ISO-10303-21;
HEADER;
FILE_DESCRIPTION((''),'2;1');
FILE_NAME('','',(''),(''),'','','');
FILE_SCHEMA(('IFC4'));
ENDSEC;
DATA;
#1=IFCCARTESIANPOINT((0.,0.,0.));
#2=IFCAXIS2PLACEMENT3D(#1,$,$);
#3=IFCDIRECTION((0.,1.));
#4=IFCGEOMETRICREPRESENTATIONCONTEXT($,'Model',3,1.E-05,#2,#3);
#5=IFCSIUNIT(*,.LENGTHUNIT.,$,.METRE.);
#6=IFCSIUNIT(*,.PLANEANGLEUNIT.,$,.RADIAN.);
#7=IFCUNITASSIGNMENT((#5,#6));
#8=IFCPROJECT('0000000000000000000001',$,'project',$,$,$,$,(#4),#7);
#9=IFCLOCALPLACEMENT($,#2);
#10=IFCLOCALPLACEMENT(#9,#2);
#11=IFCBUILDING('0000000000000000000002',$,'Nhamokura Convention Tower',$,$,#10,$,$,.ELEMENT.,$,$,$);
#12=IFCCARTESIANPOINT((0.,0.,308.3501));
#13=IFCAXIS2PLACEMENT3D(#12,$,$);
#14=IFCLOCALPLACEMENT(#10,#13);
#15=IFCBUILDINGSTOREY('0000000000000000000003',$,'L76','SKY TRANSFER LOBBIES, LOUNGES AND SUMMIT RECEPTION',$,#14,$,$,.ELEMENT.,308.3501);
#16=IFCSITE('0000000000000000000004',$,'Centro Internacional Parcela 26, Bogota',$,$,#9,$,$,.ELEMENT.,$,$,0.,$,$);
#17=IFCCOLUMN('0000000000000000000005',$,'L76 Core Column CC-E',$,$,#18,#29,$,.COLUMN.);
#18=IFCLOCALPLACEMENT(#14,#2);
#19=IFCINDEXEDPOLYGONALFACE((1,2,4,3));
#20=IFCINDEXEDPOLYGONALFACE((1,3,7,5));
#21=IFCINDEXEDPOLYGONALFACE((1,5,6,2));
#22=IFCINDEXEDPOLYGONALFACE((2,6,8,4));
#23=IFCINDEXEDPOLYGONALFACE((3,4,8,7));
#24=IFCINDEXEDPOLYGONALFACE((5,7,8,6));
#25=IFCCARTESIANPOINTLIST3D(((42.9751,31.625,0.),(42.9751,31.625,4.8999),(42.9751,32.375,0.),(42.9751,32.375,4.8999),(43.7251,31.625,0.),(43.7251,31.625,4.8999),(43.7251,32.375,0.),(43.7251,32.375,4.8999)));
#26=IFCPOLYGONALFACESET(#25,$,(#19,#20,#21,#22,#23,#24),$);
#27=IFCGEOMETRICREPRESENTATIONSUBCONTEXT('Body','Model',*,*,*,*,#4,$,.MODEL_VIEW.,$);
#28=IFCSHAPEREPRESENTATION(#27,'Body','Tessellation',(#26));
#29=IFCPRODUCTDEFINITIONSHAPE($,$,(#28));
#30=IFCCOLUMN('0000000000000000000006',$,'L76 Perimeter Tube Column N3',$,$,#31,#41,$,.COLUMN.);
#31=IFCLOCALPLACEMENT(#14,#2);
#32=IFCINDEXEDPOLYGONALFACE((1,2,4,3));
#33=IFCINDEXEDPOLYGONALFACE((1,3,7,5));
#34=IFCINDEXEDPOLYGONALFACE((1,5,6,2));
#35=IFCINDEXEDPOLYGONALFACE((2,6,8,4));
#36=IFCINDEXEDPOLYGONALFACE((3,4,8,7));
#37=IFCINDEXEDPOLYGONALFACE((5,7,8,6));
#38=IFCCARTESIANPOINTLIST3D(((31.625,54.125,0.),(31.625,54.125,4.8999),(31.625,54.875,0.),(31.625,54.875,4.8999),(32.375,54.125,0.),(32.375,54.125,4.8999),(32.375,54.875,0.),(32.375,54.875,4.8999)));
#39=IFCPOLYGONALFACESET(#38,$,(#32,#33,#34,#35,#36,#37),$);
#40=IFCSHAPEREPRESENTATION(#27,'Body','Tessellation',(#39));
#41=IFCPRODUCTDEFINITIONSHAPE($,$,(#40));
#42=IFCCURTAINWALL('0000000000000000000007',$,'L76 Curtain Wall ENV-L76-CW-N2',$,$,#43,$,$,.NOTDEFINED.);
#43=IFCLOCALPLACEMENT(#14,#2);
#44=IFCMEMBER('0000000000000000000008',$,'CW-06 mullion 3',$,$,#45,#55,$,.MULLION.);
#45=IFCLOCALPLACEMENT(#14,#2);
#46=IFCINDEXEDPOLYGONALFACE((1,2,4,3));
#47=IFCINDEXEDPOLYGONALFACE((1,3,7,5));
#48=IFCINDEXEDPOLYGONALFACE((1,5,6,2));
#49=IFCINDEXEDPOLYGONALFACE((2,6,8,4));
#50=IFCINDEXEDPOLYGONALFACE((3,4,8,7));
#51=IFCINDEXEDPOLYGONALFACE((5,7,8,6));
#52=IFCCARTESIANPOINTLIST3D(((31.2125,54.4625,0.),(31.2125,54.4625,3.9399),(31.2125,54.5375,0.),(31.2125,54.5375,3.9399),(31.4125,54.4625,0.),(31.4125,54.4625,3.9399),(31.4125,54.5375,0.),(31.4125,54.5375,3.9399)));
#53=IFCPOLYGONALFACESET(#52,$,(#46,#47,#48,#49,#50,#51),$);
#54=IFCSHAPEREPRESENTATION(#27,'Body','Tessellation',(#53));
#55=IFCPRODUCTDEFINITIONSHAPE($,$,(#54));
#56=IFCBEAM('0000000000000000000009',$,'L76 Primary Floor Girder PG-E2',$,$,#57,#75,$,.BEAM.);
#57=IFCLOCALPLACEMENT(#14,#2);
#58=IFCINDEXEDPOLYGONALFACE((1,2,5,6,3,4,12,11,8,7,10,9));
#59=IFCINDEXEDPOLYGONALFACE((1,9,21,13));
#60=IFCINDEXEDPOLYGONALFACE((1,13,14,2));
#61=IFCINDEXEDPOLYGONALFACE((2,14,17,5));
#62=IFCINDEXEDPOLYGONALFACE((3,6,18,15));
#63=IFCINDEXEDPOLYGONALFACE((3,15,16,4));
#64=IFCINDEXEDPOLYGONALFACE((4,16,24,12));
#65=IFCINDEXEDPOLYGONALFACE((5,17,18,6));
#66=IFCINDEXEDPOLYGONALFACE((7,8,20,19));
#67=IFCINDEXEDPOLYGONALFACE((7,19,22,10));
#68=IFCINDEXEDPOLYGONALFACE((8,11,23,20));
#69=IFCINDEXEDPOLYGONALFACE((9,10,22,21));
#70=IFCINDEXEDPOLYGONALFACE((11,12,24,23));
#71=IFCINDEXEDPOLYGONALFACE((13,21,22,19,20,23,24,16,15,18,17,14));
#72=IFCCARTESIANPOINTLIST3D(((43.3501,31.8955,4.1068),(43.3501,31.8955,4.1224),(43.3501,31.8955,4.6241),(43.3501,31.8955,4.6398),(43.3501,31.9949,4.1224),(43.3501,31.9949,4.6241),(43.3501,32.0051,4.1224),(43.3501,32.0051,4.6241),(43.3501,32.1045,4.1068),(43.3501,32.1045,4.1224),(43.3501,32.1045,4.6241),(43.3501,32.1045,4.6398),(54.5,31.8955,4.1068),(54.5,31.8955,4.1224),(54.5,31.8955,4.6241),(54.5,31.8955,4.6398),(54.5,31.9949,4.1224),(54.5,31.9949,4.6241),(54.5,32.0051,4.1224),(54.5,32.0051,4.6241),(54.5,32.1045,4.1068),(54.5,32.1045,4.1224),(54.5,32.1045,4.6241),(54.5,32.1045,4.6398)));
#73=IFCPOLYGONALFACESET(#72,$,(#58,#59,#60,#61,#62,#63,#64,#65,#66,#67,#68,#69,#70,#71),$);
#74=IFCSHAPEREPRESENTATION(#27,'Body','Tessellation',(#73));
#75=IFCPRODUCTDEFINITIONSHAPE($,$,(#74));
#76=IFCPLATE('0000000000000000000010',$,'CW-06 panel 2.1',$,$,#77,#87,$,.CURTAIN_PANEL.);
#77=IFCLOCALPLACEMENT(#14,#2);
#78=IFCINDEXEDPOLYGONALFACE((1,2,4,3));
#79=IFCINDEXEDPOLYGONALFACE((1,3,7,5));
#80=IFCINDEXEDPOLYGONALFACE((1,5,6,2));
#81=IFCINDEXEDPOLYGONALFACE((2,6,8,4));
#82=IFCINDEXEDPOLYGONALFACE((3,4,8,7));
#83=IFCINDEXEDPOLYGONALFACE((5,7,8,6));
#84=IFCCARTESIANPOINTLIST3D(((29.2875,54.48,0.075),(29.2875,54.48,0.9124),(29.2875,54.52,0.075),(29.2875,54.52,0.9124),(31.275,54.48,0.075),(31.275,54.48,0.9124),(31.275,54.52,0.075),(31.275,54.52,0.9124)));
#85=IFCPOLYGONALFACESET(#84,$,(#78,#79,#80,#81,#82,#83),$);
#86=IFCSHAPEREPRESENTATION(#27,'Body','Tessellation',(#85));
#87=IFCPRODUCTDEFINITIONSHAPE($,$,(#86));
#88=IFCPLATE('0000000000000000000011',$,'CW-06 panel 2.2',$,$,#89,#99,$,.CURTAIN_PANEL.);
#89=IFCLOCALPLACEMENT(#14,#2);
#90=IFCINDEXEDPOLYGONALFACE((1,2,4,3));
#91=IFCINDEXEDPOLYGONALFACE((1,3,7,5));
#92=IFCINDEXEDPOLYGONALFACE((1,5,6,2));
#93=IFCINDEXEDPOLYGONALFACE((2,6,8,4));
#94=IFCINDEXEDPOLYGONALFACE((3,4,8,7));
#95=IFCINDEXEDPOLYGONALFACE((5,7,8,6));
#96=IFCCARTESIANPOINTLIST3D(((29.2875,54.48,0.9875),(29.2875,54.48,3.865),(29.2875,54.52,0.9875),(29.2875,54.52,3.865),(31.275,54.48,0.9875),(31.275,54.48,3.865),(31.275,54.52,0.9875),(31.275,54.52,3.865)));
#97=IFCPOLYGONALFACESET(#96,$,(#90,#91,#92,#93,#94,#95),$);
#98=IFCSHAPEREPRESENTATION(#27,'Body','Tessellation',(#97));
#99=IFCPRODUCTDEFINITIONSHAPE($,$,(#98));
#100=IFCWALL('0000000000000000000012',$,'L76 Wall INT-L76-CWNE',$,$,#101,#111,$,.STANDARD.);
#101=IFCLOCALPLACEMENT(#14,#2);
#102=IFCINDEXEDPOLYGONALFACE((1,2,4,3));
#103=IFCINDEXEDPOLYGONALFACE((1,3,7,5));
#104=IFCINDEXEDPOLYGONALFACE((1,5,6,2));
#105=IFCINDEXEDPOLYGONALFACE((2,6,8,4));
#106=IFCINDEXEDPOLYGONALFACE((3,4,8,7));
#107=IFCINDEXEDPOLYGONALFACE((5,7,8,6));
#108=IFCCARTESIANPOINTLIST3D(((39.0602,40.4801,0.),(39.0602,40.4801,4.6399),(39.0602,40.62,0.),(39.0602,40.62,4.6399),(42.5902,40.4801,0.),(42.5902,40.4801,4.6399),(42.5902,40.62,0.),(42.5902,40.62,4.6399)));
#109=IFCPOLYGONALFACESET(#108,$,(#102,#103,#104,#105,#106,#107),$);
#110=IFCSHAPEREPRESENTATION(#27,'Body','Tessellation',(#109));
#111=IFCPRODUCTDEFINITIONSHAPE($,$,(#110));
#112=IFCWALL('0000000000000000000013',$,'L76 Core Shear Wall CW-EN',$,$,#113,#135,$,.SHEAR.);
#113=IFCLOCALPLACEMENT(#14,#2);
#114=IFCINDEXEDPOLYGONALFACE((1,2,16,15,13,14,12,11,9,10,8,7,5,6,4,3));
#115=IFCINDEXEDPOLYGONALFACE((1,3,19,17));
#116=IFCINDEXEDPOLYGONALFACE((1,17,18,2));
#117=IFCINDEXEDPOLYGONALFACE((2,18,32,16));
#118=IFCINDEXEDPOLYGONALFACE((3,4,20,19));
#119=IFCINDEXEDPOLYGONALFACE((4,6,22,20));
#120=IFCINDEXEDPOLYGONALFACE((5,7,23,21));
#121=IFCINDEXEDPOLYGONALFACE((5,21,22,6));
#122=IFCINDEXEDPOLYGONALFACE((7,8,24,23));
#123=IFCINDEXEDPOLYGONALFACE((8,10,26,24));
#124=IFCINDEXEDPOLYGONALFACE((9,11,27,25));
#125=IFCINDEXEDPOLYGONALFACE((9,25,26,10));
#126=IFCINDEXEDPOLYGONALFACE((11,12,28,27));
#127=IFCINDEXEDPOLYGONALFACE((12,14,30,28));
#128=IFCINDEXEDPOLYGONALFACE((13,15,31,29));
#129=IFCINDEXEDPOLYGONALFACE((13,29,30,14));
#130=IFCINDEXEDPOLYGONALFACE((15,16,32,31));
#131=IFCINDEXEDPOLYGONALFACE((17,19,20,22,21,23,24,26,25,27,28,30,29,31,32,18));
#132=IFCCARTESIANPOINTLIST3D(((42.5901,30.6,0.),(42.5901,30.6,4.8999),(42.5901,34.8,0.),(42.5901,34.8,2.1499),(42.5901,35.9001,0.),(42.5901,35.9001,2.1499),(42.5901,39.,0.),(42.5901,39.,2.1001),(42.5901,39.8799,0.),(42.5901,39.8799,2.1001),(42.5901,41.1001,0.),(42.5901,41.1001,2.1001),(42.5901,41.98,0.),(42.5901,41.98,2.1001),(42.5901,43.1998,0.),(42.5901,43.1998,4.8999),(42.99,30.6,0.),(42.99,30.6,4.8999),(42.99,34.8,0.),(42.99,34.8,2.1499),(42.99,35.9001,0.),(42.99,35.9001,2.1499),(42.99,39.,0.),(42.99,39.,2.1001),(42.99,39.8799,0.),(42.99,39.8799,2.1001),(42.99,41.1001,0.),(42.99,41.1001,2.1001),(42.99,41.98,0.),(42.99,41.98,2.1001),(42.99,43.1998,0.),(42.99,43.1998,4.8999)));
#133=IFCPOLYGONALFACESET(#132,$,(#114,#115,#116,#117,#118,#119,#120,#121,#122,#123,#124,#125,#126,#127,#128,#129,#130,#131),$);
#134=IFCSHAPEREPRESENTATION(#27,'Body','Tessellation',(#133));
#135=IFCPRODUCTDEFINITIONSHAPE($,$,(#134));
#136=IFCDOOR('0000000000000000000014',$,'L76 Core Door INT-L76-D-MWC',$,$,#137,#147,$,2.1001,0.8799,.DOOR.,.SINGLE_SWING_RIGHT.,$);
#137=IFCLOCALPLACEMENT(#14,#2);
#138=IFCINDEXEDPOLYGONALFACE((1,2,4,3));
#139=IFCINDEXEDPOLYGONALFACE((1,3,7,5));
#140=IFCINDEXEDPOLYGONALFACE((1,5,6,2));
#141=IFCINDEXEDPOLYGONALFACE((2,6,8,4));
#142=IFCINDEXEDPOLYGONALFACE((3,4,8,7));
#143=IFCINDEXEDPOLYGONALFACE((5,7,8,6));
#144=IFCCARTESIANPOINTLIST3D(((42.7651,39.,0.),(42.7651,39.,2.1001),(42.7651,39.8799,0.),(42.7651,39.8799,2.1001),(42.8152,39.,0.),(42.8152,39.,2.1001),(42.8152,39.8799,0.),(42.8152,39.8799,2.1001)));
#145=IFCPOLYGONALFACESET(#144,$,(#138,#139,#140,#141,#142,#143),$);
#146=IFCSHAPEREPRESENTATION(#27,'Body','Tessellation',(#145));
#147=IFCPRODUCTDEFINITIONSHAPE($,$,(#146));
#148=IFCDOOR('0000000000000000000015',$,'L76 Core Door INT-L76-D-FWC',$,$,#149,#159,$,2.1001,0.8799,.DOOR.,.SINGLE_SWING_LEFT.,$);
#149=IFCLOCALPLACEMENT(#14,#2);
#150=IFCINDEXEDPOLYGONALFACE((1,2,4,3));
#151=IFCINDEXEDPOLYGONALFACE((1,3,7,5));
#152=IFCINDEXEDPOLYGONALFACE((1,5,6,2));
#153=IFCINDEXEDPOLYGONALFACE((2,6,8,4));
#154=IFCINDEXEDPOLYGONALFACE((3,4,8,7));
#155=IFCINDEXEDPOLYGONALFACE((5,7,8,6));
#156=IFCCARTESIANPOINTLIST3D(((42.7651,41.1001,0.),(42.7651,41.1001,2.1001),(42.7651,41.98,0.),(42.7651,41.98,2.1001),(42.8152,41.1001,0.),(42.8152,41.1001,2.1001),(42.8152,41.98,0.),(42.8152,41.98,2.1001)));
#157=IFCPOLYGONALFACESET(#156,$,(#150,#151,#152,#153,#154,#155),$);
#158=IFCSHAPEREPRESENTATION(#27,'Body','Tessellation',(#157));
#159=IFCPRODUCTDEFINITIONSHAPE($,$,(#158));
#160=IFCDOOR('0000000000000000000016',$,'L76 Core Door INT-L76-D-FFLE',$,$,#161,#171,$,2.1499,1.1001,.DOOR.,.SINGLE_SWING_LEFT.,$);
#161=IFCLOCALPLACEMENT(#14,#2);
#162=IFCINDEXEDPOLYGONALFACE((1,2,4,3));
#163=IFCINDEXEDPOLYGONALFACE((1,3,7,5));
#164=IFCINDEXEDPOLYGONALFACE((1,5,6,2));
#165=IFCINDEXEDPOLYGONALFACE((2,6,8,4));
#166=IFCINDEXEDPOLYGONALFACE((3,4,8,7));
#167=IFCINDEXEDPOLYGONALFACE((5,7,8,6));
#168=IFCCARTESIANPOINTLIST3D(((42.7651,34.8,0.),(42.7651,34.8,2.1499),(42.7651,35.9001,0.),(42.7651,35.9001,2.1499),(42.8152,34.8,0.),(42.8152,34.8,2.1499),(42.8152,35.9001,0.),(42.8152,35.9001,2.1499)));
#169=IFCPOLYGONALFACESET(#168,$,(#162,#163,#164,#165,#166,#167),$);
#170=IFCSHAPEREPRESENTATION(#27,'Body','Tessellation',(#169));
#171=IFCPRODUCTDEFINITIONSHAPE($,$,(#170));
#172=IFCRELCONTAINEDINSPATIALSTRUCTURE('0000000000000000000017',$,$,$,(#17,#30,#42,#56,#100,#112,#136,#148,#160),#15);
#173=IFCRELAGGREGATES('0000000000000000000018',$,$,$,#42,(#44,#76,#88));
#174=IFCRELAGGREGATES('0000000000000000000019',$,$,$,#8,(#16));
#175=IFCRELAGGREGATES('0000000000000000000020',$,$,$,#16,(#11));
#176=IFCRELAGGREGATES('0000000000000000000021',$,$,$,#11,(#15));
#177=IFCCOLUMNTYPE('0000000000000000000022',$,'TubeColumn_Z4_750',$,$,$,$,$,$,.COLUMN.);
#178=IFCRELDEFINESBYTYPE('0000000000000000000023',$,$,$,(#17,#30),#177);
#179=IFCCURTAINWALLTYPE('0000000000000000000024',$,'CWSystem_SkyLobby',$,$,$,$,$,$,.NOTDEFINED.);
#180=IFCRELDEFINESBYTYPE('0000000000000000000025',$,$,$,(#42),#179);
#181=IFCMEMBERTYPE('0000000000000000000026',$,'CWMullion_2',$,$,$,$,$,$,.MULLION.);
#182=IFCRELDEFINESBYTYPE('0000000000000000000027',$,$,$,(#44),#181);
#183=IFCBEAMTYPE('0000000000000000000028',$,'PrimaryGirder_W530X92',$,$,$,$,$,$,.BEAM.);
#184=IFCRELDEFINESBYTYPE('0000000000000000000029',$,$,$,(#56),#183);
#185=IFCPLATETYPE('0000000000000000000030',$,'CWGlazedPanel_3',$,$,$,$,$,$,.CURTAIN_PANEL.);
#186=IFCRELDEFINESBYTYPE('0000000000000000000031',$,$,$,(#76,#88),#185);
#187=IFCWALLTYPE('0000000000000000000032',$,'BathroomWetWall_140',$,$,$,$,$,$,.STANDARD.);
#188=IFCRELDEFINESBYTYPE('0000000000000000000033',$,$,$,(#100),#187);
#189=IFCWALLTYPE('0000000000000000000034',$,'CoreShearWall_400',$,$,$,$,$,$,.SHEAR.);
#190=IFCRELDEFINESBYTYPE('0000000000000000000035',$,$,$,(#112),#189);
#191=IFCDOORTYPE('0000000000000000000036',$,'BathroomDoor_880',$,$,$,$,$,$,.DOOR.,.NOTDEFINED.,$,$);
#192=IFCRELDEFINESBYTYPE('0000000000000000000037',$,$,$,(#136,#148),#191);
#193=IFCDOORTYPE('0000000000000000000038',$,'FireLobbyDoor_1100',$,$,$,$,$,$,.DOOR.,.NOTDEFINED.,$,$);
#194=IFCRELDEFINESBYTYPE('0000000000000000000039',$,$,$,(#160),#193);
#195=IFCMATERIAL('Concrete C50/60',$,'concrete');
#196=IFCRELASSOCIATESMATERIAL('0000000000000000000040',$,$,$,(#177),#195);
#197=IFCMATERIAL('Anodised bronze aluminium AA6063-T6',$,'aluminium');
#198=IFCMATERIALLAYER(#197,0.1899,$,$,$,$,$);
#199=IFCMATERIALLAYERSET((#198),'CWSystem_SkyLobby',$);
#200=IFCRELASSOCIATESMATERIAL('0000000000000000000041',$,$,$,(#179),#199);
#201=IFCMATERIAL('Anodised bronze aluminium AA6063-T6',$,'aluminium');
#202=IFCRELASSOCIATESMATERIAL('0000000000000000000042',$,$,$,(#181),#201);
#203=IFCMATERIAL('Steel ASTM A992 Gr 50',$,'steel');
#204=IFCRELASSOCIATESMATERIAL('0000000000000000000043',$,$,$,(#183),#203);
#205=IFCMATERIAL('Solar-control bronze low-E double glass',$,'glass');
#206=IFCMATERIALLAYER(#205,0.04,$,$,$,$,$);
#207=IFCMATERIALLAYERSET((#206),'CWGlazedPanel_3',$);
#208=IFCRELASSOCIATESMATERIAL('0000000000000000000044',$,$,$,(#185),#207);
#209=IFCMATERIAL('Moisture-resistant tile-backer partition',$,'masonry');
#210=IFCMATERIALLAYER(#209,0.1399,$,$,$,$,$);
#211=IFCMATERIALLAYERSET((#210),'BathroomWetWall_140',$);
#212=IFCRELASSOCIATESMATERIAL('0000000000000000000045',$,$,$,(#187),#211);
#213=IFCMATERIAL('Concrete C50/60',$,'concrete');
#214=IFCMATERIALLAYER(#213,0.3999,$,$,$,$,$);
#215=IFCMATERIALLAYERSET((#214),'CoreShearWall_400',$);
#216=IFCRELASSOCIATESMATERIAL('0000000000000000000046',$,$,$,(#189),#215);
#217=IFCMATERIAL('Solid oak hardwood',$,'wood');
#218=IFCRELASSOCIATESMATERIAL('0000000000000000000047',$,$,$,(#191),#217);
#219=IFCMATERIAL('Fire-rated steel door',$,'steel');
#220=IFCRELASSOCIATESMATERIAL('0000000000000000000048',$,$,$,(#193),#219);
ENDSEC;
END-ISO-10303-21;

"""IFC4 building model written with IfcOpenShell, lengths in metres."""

from ifc_helpers import new_model, si_unit, direction, frame, frame_2d, origin, origin_2d, place, context, subcontext, project, spatial, rectangle, i_section, extrude, material, layer, layer_set, material_profile, profile_set, type_object, element, fill, aggregate, save


model = new_model("IFC4")

# Units and contexts
model_context = context("Model", 3, precision=1e-05, world=origin(), true_north=direction((0.0, 1.0)))
body_context = subcontext(model_context, "Body", "Model", "MODEL_VIEW")
ifc_project = project(units=[si_unit("LENGTHUNIT", "METRE"), si_unit("PLANEANGLEUNIT", "RADIAN")], contexts=[model_context])

# Site, building, storey
site_placement = place(None, origin())
site = spatial("IfcSite", under=ifc_project, at=site_placement, Name="Centro Internacional Parcela 26, Bogota", CompositionType="ELEMENT", RefElevation=0.0)
building_placement = place(site_placement, origin())
building = spatial("IfcBuilding", under=site, at=building_placement, Name="Nhamokura Convention Tower", CompositionType="ELEMENT")
storey_placement = place(building_placement, frame((0.0, 0.0, 308.3501)))
storey = spatial("IfcBuildingStorey", under=building, at=storey_placement, Name="L76", Description="SKY TRANSFER LOBBIES, LOUNGES AND SUMMIT RECEPTION", CompositionType="ELEMENT", Elevation=308.3501)

# Columns
ifc_material_1 = material(Name="Concrete C50/60", Category="concrete")
ifc_material_profile_1 = material_profile(ifc_material_1, rectangle(XDim=0.75, YDim=0.75, at=origin_2d()))
ifc_profile_set_1 = profile_set([ifc_material_profile_1], Name="Concrete C50/60")
column_type = type_object("IfcColumnType", Name="TubeColumn_Z4_750", PredefinedType="COLUMN", material=ifc_profile_set_1)
for number, where, z_axis, x_axis, name in (
    (1, (43.3501, 32.0, 0.0), (0.0, 0.0, 1.0), (1.0, 0.0, 0.0), "L76 Core Column CC-E"),
    (2, (32.0, 54.5, 0.0), (0.0, 0.0, 1.0), (1.0, 0.0, 0.0), "L76 Perimeter Tube Column N3"),
):
    element("IfcColumn", number, at=place(storey_placement, frame(where, z_axis=z_axis, x_axis=x_axis)), inside=storey, type_object=column_type, Name=name, PredefinedType="COLUMN", context=body_context, shape_type="SweptSolid", body=[
        extrude(rectangle(XDim=0.75, YDim=0.75, at=origin_2d()), origin(), (0.0, 0.0, 1.0), 4.8999),
    ])

# Curtain wall, member
ifc_material_2 = material(Name="Anodised bronze aluminium AA6063-T6", Category="aluminium")
ifc_layer_1 = layer(ifc_material_2, 0.1899)
ifc_layer_set_1 = layer_set([ifc_layer_1], Name="CWSystem_SkyLobby")
curtain_wall_type = type_object("IfcCurtainWallType", Name="CWSystem_SkyLobby", PredefinedType="NOTDEFINED", material=ifc_layer_set_1)
curtain_wall_placement = place(storey_placement, origin())
curtain_wall = element("IfcCurtainWall", 3, at=curtain_wall_placement, inside=storey, type_object=curtain_wall_type, Name="L76 Curtain Wall ENV-L76-CW-N2", PredefinedType="NOTDEFINED")
ifc_material_3 = material(Name="Anodised bronze aluminium AA6063-T6", Category="aluminium")
ifc_material_profile_2 = material_profile(ifc_material_3, rectangle(XDim=0.075, YDim=0.2, at=origin_2d()))
ifc_profile_set_2 = profile_set([ifc_material_profile_2], Name="Anodised bronze aluminium AA6063-T6")
member_type = type_object("IfcMemberType", Name="CWMullion_2", PredefinedType="MULLION", material=ifc_profile_set_2)
member_placement = place(storey_placement, frame((31.3125, 54.5, 0.0), z_axis=(0.0, 0.0, 1.0), x_axis=(0.0, 1.0, 0.0)))
member = element("IfcMember", 4, at=member_placement, type_object=member_type, Name="CW-06 mullion 3", PredefinedType="MULLION", context=body_context, shape_type="SweptSolid", body=[
    extrude(rectangle(XDim=0.075, YDim=0.2, at=origin_2d()), origin(), (0.0, 0.0, 1.0), 3.9399),
])

# Beam
ifc_material_4 = material(Name="Steel ASTM A992 Gr 50", Category="steel")
ifc_material_profile_3 = material_profile(ifc_material_4, i_section(OverallWidth=0.209, OverallDepth=0.533, WebThickness=0.0103, FlangeThickness=0.0156, at=origin_2d()))
ifc_profile_set_3 = profile_set([ifc_material_profile_3], Name="Steel ASTM A992 Gr 50")
beam_type = type_object("IfcBeamType", Name="PrimaryGirder_W530X92", PredefinedType="BEAM", material=ifc_profile_set_3)
beam_placement = place(storey_placement, frame((43.3501, 32.0, 4.3733), z_axis=(1.0, 0.0, 0.0), x_axis=(0.0, 1.0, 0.0)))
element("IfcBeam", 5, at=beam_placement, inside=storey, type_object=beam_type, Name="L76 Primary Floor Girder PG-E2", PredefinedType="BEAM", context=body_context, shape_type="SweptSolid", body=[
    extrude(i_section(OverallWidth=0.209, OverallDepth=0.533, WebThickness=0.0103, FlangeThickness=0.0156, at=origin_2d()), origin(), (0.0, 0.0, 1.0), 11.1499),
])

# Plates
ifc_material_5 = material(Name="Solar-control bronze low-E double glass", Category="glass")
ifc_layer_2 = layer(ifc_material_5, 0.04)
ifc_layer_set_2 = layer_set([ifc_layer_2], Name="CWGlazedPanel_3")
plate_type = type_object("IfcPlateType", Name="CWGlazedPanel_3", PredefinedType="CURTAIN_PANEL", material=ifc_layer_set_2)
plate_1_placement = place(storey_placement, frame((30.2812, 54.5, 0.075), z_axis=(0.0, 0.0, 1.0), x_axis=(1.0, 0.0, 0.0)))
plate_1 = element("IfcPlate", 6, at=plate_1_placement, type_object=plate_type, Name="CW-06 panel 2.1", PredefinedType="CURTAIN_PANEL", context=body_context, shape_type="SweptSolid", body=[
    extrude(rectangle(XDim=1.9875, YDim=0.04, at=origin_2d()), origin(), (0.0, 0.0, 1.0), 0.8374),
])
plate_2_placement = place(storey_placement, frame((30.2812, 54.5, 0.9875), z_axis=(0.0, 0.0, 1.0), x_axis=(1.0, 0.0, 0.0)))
plate_2 = element("IfcPlate", 7, at=plate_2_placement, type_object=plate_type, Name="CW-06 panel 2.2", PredefinedType="CURTAIN_PANEL", context=body_context, shape_type="SweptSolid", body=[
    extrude(rectangle(XDim=1.9875, YDim=0.04, at=origin_2d()), origin(), (0.0, 0.0, 1.0), 2.8774),
])
aggregate(curtain_wall, [member, plate_1, plate_2])

# Wall
ifc_material_6 = material(Name="Moisture-resistant tile-backer partition", Category="masonry")
ifc_layer_3 = layer(ifc_material_6, 0.1399)
ifc_layer_set_3 = layer_set([ifc_layer_3], Name="BathroomWetWall_140")
wall_type_1 = type_object("IfcWallType", Name="BathroomWetWall_140", PredefinedType="STANDARD", material=ifc_layer_set_3)
wall_1_placement = place(storey_placement, frame((39.0601, 40.55, 0.0), z_axis=(0.0, 0.0, 1.0), x_axis=(1.0, 0.0, 0.0)))
element("IfcWall", 8, at=wall_1_placement, inside=storey, type_object=wall_type_1, Name="L76 Wall INT-L76-CWNE", PredefinedType="STANDARD", context=body_context, shape_type="SweptSolid", body=[
    extrude(rectangle(XDim=3.53, YDim=0.1399, at=frame_2d((1.7651, 0.0))), origin(), (0.0, 0.0, 1.0), 4.6399),
])

# Wall, openings, doors
ifc_material_7 = material(Name="Concrete C50/60", Category="concrete")
ifc_layer_4 = layer(ifc_material_7, 0.3999)
ifc_layer_set_4 = layer_set([ifc_layer_4], Name="CoreShearWall_400")
wall_type_2 = type_object("IfcWallType", Name="CoreShearWall_400", PredefinedType="SHEAR", material=ifc_layer_set_4)
wall_2_placement = place(storey_placement, frame((42.79, 30.6001, 0.0), z_axis=(0.0, 0.0, 1.0), x_axis=(0.0, 1.0, 0.0)))
wall_2 = element("IfcWall", 9, at=wall_2_placement, inside=storey, type_object=wall_type_2, Name="L76 Core Shear Wall CW-EN", PredefinedType="SHEAR", context=body_context, shape_type="SweptSolid", body=[
    extrude(rectangle(XDim=12.5999, YDim=0.3999, at=frame_2d((6.2998, 0.0))), origin(), (0.0, 0.0, 1.0), 4.8999),
])
opening_1_placement = place(wall_2_placement, frame((4.2, 0.0, 0.0)))
opening_1 = element("IfcOpeningElement", 10, at=opening_1_placement, cuts=wall_2, PredefinedType="OPENING", context=body_context, shape_type="SweptSolid", body=[
    extrude(rectangle(XDim=1.1001, YDim=2.1499, at=frame_2d((0.55, 1.075))), frame((0.0, 0.21, 0.0), z_axis=(0.0, -1.0, 0.0), x_axis=(1.0, 0.0, 0.0)), (0.0, 0.0, 1.0), 0.4199),
])
opening_2_placement = place(wall_2_placement, frame((8.3999, 0.0, 0.0)))
opening_2 = element("IfcOpeningElement", 11, at=opening_2_placement, cuts=wall_2, PredefinedType="OPENING", context=body_context, shape_type="SweptSolid", body=[
    extrude(rectangle(XDim=0.8799, YDim=2.1001, at=frame_2d((0.4399, 1.05))), frame((0.0, 0.21, 0.0), z_axis=(0.0, -1.0, 0.0), x_axis=(1.0, 0.0, 0.0)), (0.0, 0.0, 1.0), 0.4199),
])
opening_3_placement = place(wall_2_placement, frame((10.5, 0.0, 0.0)))
opening_3 = element("IfcOpeningElement", 12, at=opening_3_placement, cuts=wall_2, PredefinedType="OPENING", context=body_context, shape_type="SweptSolid", body=[
    extrude(rectangle(XDim=0.8799, YDim=2.1001, at=frame_2d((0.4399, 1.05))), frame((0.0, 0.21, 0.0), z_axis=(0.0, -1.0, 0.0), x_axis=(1.0, 0.0, 0.0)), (0.0, 0.0, 1.0), 0.4199),
])
ifc_material_8 = material(Name="Solid oak hardwood", Category="wood")
door_type_1 = type_object("IfcDoorType", Name="BathroomDoor_880", OperationType="NOTDEFINED", PredefinedType="DOOR", material=ifc_material_8)
door_1_placement = place(opening_2_placement, origin())
door_1 = element("IfcDoor", 13, at=door_1_placement, inside=storey, type_object=door_type_1, Name="L76 Core Door INT-L76-D-MWC", OperationType="SINGLE_SWING_RIGHT", OverallHeight=2.1001, OverallWidth=0.8799, PredefinedType="DOOR", context=body_context, shape_type="SweptSolid", body=[
    extrude(rectangle(XDim=0.8799, YDim=2.1001, at=frame_2d((0.4399, 1.05))), frame((0.0, 0.0249, 0.0), z_axis=(0.0, -1.0, 0.0), x_axis=(1.0, 0.0, 0.0)), (0.0, 0.0, 1.0), 0.05),
])
fill(opening_2, door_1)
door_2_placement = place(opening_3_placement, origin())
door_2 = element("IfcDoor", 14, at=door_2_placement, inside=storey, type_object=door_type_1, Name="L76 Core Door INT-L76-D-FWC", OperationType="SINGLE_SWING_LEFT", OverallHeight=2.1001, OverallWidth=0.8799, PredefinedType="DOOR", context=body_context, shape_type="SweptSolid", body=[
    extrude(rectangle(XDim=0.8799, YDim=2.1001, at=frame_2d((0.4399, 1.05))), frame((0.0, 0.0249, 0.0), z_axis=(0.0, -1.0, 0.0), x_axis=(1.0, 0.0, 0.0)), (0.0, 0.0, 1.0), 0.05),
])
fill(opening_3, door_2)
ifc_material_9 = material(Name="Fire-rated steel door", Category="steel")
door_type_2 = type_object("IfcDoorType", Name="FireLobbyDoor_1100", OperationType="NOTDEFINED", PredefinedType="DOOR", material=ifc_material_9)
door_3_placement = place(opening_1_placement, origin())
door_3 = element("IfcDoor", 15, at=door_3_placement, inside=storey, type_object=door_type_2, Name="L76 Core Door INT-L76-D-FFLE", OperationType="SINGLE_SWING_LEFT", OverallHeight=2.1499, OverallWidth=1.1001, PredefinedType="DOOR", context=body_context, shape_type="SweptSolid", body=[
    extrude(rectangle(XDim=1.1001, YDim=2.1499, at=frame_2d((0.55, 1.075))), frame((0.0, 0.0249, 0.0), z_axis=(0.0, -1.0, 0.0), x_axis=(1.0, 0.0, 0.0)), (0.0, 0.0, 1.0), 0.05),
])
fill(opening_1, door_3)

save(model, "model.ifc")
